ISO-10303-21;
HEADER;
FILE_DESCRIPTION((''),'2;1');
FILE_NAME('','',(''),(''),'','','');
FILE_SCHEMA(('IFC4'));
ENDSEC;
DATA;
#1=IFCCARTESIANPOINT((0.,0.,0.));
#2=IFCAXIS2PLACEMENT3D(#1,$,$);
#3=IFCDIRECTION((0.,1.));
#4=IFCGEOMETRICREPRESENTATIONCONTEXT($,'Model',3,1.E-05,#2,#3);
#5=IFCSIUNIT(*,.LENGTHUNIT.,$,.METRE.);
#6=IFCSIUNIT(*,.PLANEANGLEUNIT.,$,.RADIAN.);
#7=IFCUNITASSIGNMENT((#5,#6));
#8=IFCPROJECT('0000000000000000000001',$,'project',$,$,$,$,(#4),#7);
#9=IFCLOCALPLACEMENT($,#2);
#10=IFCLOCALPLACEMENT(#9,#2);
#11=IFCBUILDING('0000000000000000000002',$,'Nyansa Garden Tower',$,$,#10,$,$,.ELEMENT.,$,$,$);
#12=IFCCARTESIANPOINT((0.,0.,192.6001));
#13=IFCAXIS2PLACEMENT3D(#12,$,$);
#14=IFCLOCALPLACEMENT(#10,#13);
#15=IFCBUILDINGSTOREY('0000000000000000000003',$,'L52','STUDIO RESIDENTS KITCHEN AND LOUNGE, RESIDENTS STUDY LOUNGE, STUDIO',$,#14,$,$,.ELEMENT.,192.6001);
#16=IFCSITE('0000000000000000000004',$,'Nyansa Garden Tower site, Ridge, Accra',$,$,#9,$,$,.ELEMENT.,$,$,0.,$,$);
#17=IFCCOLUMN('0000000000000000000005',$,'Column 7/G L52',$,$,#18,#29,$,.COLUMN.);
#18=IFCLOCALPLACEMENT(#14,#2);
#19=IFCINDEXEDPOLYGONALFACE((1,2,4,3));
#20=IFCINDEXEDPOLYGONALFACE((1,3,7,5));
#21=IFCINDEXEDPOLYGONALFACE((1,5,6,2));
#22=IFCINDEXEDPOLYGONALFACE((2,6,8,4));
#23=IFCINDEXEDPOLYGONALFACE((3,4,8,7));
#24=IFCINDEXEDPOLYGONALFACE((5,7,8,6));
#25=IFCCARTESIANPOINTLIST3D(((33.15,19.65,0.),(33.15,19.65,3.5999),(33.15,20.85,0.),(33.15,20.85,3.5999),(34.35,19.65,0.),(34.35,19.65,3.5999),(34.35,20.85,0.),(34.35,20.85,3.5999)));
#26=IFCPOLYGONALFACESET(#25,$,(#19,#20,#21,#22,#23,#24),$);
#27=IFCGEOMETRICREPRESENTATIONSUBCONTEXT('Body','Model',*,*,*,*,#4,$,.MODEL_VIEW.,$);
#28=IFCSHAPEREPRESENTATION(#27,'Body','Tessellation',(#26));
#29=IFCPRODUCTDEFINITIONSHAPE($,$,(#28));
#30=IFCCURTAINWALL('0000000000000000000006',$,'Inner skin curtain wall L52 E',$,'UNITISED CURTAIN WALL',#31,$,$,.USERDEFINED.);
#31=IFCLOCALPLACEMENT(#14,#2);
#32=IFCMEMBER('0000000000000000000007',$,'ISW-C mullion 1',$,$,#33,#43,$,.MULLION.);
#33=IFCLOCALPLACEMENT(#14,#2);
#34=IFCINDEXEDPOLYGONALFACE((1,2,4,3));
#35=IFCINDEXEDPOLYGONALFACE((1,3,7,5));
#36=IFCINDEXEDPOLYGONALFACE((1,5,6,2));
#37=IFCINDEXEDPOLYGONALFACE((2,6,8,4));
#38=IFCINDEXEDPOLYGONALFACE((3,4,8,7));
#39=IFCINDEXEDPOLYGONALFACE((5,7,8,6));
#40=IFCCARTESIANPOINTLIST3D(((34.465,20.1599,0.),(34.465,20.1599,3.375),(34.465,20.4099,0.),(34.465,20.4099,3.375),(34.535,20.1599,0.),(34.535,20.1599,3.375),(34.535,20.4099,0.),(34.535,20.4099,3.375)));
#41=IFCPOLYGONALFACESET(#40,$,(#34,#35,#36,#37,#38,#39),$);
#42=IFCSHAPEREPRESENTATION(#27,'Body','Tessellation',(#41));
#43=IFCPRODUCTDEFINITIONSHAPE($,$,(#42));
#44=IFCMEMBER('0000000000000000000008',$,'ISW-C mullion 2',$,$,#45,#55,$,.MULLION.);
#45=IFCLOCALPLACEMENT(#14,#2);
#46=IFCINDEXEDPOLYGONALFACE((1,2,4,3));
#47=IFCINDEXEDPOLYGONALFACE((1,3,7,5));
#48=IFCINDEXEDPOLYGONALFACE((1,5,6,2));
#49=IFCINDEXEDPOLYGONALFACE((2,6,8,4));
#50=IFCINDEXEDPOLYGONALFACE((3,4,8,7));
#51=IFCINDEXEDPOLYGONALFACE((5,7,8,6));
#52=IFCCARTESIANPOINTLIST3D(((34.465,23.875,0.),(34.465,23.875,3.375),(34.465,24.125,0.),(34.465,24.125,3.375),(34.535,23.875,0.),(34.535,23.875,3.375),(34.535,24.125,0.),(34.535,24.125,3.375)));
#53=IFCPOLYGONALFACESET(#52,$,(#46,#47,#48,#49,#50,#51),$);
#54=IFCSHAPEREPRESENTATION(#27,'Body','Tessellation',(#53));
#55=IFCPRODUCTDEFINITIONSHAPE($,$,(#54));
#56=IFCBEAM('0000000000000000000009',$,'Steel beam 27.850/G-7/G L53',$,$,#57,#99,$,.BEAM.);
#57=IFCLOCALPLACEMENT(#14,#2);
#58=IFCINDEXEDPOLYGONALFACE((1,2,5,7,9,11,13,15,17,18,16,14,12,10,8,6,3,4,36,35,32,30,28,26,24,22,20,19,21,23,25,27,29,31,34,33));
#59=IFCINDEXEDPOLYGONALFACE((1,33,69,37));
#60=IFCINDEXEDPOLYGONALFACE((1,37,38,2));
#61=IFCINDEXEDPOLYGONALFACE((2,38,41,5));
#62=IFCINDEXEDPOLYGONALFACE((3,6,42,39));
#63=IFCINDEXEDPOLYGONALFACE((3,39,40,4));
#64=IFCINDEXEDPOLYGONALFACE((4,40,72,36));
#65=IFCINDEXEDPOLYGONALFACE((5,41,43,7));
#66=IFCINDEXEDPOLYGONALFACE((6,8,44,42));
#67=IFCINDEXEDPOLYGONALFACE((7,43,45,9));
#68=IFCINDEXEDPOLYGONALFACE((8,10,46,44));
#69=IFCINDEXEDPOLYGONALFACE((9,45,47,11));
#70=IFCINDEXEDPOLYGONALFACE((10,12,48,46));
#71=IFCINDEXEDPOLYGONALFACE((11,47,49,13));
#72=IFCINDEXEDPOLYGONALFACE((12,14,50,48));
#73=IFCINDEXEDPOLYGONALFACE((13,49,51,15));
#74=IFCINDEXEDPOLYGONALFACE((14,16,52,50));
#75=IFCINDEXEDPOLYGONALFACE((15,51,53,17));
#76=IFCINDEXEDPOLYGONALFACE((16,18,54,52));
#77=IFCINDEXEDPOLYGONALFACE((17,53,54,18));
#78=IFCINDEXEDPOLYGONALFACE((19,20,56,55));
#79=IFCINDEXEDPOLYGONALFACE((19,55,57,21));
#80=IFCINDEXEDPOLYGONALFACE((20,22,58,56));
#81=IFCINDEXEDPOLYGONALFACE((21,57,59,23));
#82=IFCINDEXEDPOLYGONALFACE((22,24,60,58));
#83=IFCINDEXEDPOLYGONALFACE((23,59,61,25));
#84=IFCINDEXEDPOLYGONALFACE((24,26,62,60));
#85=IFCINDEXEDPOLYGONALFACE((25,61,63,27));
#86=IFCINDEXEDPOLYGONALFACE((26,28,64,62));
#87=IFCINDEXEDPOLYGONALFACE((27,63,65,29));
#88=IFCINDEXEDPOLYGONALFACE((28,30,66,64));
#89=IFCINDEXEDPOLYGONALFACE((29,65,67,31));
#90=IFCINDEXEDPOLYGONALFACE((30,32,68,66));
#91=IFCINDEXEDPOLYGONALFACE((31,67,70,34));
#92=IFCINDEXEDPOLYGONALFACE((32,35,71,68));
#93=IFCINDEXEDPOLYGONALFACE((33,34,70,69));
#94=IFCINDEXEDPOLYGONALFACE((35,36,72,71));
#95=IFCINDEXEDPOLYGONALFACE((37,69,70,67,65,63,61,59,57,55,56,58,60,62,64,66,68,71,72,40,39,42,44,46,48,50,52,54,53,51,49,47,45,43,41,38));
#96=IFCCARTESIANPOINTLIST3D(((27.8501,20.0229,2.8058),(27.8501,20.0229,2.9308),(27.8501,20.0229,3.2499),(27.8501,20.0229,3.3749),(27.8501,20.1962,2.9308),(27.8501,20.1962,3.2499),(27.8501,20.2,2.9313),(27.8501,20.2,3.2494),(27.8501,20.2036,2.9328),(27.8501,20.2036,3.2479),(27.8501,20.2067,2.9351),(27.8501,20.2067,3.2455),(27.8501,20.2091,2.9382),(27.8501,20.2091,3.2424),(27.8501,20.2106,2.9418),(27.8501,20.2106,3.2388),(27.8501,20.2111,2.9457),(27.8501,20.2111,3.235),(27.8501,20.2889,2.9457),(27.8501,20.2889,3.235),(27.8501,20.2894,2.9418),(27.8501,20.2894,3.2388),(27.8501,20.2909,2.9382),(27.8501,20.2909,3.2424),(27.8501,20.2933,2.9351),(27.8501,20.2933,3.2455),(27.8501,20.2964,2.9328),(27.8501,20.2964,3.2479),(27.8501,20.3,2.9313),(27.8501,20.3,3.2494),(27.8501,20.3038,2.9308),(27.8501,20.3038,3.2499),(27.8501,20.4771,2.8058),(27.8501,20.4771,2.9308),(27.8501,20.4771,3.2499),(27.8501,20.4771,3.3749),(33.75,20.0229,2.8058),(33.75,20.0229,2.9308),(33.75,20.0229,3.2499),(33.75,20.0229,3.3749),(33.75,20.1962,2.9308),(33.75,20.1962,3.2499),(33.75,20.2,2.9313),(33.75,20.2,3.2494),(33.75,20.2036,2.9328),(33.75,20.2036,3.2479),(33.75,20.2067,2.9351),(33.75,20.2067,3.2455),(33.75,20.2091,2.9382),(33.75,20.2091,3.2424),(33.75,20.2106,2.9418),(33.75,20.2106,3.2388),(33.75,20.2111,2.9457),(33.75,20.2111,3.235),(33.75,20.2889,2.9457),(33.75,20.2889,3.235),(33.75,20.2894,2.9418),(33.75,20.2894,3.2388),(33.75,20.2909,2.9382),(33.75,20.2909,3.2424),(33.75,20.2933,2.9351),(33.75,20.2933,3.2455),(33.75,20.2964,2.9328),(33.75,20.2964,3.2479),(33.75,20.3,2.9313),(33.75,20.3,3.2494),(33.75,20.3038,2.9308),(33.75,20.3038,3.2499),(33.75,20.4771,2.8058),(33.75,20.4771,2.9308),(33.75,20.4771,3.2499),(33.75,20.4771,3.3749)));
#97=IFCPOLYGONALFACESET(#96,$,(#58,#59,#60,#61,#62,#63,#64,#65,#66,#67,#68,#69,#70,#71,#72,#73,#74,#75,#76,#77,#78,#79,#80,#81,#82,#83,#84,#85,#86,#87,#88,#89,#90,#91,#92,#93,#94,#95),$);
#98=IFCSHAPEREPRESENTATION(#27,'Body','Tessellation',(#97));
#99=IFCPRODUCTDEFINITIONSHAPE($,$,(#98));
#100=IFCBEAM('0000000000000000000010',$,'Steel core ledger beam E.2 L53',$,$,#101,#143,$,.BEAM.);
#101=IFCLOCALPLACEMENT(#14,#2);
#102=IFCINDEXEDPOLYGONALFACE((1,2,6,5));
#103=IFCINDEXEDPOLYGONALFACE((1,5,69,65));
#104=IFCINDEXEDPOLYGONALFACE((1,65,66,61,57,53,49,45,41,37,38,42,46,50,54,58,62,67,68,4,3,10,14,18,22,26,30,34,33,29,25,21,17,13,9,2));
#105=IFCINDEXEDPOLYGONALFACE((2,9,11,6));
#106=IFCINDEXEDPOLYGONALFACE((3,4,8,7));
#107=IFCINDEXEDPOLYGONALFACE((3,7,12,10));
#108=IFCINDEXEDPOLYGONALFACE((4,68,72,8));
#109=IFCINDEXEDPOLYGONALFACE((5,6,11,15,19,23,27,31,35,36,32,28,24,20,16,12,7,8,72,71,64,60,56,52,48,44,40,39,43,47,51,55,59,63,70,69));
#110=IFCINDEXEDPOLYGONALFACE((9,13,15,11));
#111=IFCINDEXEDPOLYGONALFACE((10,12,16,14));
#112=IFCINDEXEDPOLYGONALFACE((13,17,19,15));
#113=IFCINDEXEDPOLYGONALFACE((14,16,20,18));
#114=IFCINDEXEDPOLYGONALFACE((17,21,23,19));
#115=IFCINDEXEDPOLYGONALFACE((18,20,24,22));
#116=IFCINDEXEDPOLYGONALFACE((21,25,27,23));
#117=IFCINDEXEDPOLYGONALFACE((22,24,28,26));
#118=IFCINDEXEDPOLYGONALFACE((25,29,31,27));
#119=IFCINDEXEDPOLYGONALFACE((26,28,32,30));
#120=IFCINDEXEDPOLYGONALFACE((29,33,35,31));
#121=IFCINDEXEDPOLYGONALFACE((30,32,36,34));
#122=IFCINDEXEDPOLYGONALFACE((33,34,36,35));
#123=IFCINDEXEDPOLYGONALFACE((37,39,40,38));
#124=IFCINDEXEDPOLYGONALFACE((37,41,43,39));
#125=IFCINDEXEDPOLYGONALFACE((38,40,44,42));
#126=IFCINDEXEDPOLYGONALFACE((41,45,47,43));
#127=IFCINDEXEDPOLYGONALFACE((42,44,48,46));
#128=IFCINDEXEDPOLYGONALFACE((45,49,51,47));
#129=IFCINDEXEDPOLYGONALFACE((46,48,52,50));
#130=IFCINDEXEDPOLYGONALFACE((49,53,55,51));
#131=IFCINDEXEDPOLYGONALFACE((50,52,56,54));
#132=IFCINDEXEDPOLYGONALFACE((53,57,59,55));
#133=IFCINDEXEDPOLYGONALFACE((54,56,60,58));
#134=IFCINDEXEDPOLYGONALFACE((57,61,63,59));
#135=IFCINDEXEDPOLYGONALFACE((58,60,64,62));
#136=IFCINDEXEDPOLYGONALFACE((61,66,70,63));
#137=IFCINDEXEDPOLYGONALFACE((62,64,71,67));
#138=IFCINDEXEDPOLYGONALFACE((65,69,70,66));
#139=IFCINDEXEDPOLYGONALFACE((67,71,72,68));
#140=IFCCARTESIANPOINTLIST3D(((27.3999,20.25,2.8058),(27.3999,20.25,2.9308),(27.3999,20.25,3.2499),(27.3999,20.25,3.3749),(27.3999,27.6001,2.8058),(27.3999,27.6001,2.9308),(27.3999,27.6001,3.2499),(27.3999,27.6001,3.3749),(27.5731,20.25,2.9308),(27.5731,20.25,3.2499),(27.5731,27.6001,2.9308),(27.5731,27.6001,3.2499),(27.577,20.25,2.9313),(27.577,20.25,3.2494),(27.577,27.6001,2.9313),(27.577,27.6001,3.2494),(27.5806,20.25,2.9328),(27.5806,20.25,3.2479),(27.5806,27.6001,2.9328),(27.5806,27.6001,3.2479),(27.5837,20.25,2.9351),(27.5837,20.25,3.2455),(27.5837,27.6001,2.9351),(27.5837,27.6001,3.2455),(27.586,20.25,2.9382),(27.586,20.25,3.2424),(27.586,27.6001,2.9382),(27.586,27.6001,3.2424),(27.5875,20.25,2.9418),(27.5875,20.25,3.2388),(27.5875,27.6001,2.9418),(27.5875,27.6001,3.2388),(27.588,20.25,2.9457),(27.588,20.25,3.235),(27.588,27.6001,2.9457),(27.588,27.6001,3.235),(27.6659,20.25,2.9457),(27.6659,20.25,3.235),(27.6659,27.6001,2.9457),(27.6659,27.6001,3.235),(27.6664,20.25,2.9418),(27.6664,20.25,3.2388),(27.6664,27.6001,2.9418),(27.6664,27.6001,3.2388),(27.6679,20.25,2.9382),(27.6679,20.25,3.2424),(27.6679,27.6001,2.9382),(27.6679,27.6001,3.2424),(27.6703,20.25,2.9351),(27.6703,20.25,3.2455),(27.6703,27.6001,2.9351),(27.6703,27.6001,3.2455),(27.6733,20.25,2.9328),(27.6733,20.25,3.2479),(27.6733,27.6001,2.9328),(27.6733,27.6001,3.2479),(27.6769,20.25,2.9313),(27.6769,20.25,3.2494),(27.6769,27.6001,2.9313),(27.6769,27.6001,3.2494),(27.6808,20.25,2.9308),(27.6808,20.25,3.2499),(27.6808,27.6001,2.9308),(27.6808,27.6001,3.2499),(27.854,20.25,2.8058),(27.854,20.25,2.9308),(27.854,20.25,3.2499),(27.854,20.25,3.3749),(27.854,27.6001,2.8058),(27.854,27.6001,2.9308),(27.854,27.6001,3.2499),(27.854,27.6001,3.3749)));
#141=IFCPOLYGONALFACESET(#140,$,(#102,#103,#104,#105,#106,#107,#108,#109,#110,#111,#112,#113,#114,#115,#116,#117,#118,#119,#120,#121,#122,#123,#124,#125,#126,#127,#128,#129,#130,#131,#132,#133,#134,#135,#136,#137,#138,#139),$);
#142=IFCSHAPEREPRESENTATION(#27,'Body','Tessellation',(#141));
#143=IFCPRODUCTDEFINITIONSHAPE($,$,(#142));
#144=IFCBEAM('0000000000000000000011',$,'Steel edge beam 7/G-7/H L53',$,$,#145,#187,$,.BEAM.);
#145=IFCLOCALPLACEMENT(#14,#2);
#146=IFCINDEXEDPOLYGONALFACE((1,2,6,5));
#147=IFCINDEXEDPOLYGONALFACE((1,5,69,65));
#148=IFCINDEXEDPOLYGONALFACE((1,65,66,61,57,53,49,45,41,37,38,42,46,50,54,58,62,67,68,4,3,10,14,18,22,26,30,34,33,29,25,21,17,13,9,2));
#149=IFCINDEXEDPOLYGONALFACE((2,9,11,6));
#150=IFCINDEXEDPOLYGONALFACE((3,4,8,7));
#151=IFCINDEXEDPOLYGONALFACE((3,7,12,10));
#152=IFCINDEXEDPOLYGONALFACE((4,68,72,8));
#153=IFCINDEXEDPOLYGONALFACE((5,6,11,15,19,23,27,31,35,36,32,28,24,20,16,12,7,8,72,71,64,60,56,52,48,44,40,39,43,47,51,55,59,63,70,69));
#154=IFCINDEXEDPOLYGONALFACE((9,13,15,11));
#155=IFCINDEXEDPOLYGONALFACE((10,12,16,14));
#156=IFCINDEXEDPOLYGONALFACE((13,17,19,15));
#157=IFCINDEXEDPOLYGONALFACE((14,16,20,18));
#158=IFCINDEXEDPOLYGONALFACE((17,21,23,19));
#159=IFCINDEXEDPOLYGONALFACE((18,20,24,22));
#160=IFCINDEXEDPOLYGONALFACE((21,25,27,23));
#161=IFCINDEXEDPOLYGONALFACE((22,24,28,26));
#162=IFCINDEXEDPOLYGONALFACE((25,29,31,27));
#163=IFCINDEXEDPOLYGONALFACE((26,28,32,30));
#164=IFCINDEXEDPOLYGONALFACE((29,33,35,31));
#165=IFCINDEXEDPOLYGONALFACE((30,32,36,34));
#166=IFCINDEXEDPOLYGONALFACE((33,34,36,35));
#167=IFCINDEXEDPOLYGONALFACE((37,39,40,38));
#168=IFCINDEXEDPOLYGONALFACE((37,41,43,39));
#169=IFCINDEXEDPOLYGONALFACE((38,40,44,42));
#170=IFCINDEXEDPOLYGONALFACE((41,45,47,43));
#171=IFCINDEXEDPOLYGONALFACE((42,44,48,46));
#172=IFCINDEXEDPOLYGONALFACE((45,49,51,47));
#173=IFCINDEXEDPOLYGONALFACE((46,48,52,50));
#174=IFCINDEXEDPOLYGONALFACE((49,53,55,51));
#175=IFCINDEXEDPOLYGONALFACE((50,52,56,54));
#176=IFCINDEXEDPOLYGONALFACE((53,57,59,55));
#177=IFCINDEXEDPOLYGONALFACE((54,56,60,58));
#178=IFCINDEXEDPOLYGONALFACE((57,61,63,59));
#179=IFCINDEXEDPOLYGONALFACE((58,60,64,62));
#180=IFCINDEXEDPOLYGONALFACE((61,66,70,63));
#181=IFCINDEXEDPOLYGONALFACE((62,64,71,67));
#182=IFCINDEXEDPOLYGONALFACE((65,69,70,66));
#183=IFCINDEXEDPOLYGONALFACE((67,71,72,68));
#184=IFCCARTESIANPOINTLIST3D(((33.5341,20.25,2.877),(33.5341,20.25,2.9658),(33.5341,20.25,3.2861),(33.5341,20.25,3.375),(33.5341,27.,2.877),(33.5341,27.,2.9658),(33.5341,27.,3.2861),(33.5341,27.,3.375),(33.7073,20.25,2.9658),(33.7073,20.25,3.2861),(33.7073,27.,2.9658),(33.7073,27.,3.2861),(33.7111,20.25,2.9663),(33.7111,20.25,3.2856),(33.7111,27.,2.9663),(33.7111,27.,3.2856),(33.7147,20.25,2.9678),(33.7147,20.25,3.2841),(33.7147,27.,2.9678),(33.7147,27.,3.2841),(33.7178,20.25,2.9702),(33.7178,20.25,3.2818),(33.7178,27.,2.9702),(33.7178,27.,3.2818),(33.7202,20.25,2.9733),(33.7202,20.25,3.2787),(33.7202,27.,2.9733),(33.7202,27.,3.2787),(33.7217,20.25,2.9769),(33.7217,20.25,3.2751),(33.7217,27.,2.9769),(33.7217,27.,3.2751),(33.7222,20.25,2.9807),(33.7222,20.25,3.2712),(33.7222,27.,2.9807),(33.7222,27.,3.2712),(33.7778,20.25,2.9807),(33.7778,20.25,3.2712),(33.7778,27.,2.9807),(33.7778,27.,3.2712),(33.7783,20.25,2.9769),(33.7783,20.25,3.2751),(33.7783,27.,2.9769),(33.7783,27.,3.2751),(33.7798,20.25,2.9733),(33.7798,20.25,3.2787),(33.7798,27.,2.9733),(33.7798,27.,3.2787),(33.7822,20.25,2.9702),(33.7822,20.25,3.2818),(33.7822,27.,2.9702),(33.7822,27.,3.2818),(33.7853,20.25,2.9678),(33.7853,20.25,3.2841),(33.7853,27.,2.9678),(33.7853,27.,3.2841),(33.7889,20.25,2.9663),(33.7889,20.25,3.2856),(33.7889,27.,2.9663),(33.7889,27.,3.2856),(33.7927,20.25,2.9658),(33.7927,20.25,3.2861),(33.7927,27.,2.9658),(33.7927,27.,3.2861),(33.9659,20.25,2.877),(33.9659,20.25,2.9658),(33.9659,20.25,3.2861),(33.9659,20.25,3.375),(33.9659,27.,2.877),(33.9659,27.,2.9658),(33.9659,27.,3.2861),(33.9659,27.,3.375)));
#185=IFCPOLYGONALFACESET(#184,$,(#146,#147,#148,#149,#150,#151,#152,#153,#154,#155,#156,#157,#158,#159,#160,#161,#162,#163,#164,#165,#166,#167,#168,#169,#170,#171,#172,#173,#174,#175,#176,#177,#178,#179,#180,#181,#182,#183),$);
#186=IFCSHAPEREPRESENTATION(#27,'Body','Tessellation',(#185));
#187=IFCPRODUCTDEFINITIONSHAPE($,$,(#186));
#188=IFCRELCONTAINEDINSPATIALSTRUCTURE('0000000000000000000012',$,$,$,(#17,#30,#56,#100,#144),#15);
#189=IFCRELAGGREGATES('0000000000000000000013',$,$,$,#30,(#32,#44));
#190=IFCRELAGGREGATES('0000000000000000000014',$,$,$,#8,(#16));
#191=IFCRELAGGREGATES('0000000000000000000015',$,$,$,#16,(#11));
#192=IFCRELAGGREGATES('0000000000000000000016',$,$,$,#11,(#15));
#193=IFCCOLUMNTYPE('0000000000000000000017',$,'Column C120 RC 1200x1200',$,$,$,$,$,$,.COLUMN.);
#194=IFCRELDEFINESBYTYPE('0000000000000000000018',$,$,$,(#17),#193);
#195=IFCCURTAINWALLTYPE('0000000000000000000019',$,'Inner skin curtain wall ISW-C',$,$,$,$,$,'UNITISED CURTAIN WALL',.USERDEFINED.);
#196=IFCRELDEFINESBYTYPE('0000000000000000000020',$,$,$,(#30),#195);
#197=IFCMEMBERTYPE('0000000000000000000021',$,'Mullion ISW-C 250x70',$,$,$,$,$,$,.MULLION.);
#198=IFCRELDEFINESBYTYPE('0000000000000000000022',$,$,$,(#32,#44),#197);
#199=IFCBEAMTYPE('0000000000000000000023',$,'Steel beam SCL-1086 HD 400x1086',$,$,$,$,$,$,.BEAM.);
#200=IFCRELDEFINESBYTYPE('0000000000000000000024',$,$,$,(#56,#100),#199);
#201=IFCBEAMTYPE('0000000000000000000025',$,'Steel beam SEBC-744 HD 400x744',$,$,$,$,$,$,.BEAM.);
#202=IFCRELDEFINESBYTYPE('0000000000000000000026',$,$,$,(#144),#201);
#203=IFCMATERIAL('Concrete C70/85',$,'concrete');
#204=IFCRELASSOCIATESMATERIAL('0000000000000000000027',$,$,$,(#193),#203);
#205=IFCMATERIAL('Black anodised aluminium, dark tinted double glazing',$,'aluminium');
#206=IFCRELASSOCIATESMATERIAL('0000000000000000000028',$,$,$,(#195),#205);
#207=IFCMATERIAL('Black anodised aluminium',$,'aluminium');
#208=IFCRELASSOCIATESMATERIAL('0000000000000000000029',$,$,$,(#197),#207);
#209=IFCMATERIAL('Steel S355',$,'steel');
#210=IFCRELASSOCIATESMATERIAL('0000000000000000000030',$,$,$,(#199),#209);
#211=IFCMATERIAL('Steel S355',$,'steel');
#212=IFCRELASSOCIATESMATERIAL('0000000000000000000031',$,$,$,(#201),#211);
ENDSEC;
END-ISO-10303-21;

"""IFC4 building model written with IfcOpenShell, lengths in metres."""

from ifc_helpers import new_model, si_unit, direction, frame, origin, origin_2d, place, context, subcontext, project, spatial, rectangle, i_section, extrude, material, material_profile, profile_set, type_object, element, aggregate, save


model = new_model("IFC4")

# Units and contexts
model_context = context("Model", 3, precision=1e-05, world=origin(), true_north=direction((0.0, 1.0)))
body_context = subcontext(model_context, "Body", "Model", "MODEL_VIEW")
ifc_project = project(units=[si_unit("LENGTHUNIT", "METRE"), si_unit("PLANEANGLEUNIT", "RADIAN")], contexts=[model_context])

# Site, building, storey
site_placement = place(None, origin())
site = spatial("IfcSite", under=ifc_project, at=site_placement, Name="Nyansa Garden Tower site, Ridge, Accra", CompositionType="ELEMENT", RefElevation=0.0)
building_placement = place(site_placement, origin())
building = spatial("IfcBuilding", under=site, at=building_placement, Name="Nyansa Garden Tower", CompositionType="ELEMENT")
storey_placement = place(building_placement, frame((0.0, 0.0, 192.6001)))
storey = spatial("IfcBuildingStorey", under=building, at=storey_placement, Name="L52", Description="STUDIO RESIDENTS KITCHEN AND LOUNGE, RESIDENTS STUDY LOUNGE, STUDIO", CompositionType="ELEMENT", Elevation=192.6001)

# Column
ifc_material_1 = material(Name="Concrete C70/85", Category="concrete")
ifc_material_profile_1 = material_profile(ifc_material_1, rectangle(XDim=1.2, YDim=1.2, at=origin_2d()), Name="RC 1200x1200")
ifc_profile_set_1 = profile_set([ifc_material_profile_1], Name="Concrete C70/85")
column_type = type_object("IfcColumnType", Name="Column C120 RC 1200x1200", PredefinedType="COLUMN", material=ifc_profile_set_1)
column_placement = place(storey_placement, frame((33.75, 20.25, 0.0), z_axis=(0.0, 0.0, 1.0), x_axis=(1.0, 0.0, 0.0)))
element("IfcColumn", 1, at=column_placement, inside=storey, type_object=column_type, Name="Column 7/G L52", PredefinedType="COLUMN", context=body_context, shape_type="SweptSolid", body=[
    extrude(rectangle(XDim=1.2, YDim=1.2, at=origin_2d()), origin(), (0.0, 0.0, 1.0), 3.5999),
])

# Curtain wall, members
ifc_material_2 = material(Name="Black anodised aluminium, dark tinted double glazing", Category="aluminium")
curtain_wall_type = type_object("IfcCurtainWallType", Name="Inner skin curtain wall ISW-C", ElementType="UNITISED CURTAIN WALL", PredefinedType="USERDEFINED", material=ifc_material_2)
curtain_wall_placement = place(storey_placement, origin())
curtain_wall = element("IfcCurtainWall", 2, at=curtain_wall_placement, inside=storey, type_object=curtain_wall_type, Name="Inner skin curtain wall L52 E", ObjectType="UNITISED CURTAIN WALL", PredefinedType="USERDEFINED")
ifc_material_3 = material(Name="Black anodised aluminium", Category="aluminium")
ifc_material_profile_2 = material_profile(ifc_material_3, rectangle(XDim=0.0701, YDim=0.25, at=origin_2d()), Name="Mullion 250x70")
ifc_profile_set_2 = profile_set([ifc_material_profile_2], Name="Black anodised aluminium")
member_type_1 = type_object("IfcMemberType", Name="Mullion ISW-C 250x70", PredefinedType="MULLION", material=ifc_profile_set_2)
member_1_placement = place(storey_placement, frame((34.5, 20.2849, 0.0), z_axis=(0.0, 0.0, 1.0), x_axis=(-1.0, 0.0, 0.0)))
member_1 = element("IfcMember", 3, at=member_1_placement, type_object=member_type_1, Name="ISW-C mullion 1", PredefinedType="MULLION", context=body_context, shape_type="SweptSolid", body=[
    extrude(rectangle(XDim=0.0701, YDim=0.25, at=origin_2d()), origin(), (0.0, 0.0, 1.0), 3.375),
])
member_2_placement = place(storey_placement, frame((34.5, 24.0, 0.0), z_axis=(0.0, 0.0, 1.0), x_axis=(-1.0, 0.0, 0.0)))
member_2 = element("IfcMember", 4, at=member_2_placement, type_object=member_type_1, Name="ISW-C mullion 2", PredefinedType="MULLION", context=body_context, shape_type="SweptSolid", body=[
    extrude(rectangle(XDim=0.0701, YDim=0.25, at=origin_2d()), origin(), (0.0, 0.0, 1.0), 3.375),
])

# Beams
ifc_material_4 = material(Name="Steel S355", Category="steel")
ifc_material_profile_3 = material_profile(ifc_material_4, i_section(OverallWidth=0.4541, OverallDepth=0.5691, WebThickness=0.0779, FlangeThickness=0.125, FilletRadius=0.0149, at=origin_2d()), Name="HD 400x1086")
ifc_profile_set_3 = profile_set([ifc_material_profile_3], Name="Steel S355")
beam_type_1 = type_object("IfcBeamType", Name="Steel beam SCL-1086 HD 400x1086", PredefinedType="BEAM", material=ifc_profile_set_3)
beam_1_placement = place(storey_placement, frame((27.8501, 20.25, 3.0903), z_axis=(1.0, 0.0, 0.0), x_axis=(0.0, 1.0, 0.0)))
element("IfcBeam", 5, at=beam_1_placement, inside=storey, type_object=beam_type_1, Name="Steel beam 27.850/G-7/G L53", PredefinedType="BEAM", context=body_context, shape_type="SweptSolid", body=[
    extrude(i_section(OverallWidth=0.4541, OverallDepth=0.5691, WebThickness=0.0779, FlangeThickness=0.125, FilletRadius=0.0149, at=origin_2d()), origin(), (0.0, 0.0, 1.0), 5.8999),
])
beam_2_placement = place(storey_placement, frame((27.627, 20.25, 3.0903), z_axis=(0.0, 1.0, 0.0), x_axis=(-1.0, 0.0, 0.0)))
element("IfcBeam", 6, at=beam_2_placement, inside=storey, type_object=beam_type_1, Name="Steel core ledger beam E.2 L53", PredefinedType="BEAM", context=body_context, shape_type="SweptSolid", body=[
    extrude(i_section(OverallWidth=0.4541, OverallDepth=0.5691, WebThickness=0.0779, FlangeThickness=0.125, FilletRadius=0.0149, at=origin_2d()), origin(), (0.0, 0.0, 1.0), 7.3501),
])
ifc_material_5 = material(Name="Steel S355", Category="steel")
ifc_material_profile_4 = material_profile(ifc_material_5, i_section(OverallWidth=0.4319, OverallDepth=0.498, WebThickness=0.0557, FlangeThickness=0.0889, FilletRadius=0.0149, at=origin_2d()), Name="HD 400x744")
ifc_profile_set_4 = profile_set([ifc_material_profile_4], Name="Steel S355")
beam_type_2 = type_object("IfcBeamType", Name="Steel beam SEBC-744 HD 400x744", PredefinedType="BEAM", material=ifc_profile_set_4)
beam_3_placement = place(storey_placement, frame((33.75, 20.25, 3.126), z_axis=(0.0, 1.0, 0.0), x_axis=(-1.0, 0.0, 0.0)))
element("IfcBeam", 7, at=beam_3_placement, inside=storey, type_object=beam_type_2, Name="Steel edge beam 7/G-7/H L53", PredefinedType="BEAM", context=body_context, shape_type="SweptSolid", body=[
    extrude(i_section(OverallWidth=0.4319, OverallDepth=0.498, WebThickness=0.0557, FlangeThickness=0.0889, FilletRadius=0.0149, at=origin_2d()), origin(), (0.0, 0.0, 1.0), 6.75),
])

aggregate(curtain_wall, [member_1, member_2])

save(model, "model.ifc")
